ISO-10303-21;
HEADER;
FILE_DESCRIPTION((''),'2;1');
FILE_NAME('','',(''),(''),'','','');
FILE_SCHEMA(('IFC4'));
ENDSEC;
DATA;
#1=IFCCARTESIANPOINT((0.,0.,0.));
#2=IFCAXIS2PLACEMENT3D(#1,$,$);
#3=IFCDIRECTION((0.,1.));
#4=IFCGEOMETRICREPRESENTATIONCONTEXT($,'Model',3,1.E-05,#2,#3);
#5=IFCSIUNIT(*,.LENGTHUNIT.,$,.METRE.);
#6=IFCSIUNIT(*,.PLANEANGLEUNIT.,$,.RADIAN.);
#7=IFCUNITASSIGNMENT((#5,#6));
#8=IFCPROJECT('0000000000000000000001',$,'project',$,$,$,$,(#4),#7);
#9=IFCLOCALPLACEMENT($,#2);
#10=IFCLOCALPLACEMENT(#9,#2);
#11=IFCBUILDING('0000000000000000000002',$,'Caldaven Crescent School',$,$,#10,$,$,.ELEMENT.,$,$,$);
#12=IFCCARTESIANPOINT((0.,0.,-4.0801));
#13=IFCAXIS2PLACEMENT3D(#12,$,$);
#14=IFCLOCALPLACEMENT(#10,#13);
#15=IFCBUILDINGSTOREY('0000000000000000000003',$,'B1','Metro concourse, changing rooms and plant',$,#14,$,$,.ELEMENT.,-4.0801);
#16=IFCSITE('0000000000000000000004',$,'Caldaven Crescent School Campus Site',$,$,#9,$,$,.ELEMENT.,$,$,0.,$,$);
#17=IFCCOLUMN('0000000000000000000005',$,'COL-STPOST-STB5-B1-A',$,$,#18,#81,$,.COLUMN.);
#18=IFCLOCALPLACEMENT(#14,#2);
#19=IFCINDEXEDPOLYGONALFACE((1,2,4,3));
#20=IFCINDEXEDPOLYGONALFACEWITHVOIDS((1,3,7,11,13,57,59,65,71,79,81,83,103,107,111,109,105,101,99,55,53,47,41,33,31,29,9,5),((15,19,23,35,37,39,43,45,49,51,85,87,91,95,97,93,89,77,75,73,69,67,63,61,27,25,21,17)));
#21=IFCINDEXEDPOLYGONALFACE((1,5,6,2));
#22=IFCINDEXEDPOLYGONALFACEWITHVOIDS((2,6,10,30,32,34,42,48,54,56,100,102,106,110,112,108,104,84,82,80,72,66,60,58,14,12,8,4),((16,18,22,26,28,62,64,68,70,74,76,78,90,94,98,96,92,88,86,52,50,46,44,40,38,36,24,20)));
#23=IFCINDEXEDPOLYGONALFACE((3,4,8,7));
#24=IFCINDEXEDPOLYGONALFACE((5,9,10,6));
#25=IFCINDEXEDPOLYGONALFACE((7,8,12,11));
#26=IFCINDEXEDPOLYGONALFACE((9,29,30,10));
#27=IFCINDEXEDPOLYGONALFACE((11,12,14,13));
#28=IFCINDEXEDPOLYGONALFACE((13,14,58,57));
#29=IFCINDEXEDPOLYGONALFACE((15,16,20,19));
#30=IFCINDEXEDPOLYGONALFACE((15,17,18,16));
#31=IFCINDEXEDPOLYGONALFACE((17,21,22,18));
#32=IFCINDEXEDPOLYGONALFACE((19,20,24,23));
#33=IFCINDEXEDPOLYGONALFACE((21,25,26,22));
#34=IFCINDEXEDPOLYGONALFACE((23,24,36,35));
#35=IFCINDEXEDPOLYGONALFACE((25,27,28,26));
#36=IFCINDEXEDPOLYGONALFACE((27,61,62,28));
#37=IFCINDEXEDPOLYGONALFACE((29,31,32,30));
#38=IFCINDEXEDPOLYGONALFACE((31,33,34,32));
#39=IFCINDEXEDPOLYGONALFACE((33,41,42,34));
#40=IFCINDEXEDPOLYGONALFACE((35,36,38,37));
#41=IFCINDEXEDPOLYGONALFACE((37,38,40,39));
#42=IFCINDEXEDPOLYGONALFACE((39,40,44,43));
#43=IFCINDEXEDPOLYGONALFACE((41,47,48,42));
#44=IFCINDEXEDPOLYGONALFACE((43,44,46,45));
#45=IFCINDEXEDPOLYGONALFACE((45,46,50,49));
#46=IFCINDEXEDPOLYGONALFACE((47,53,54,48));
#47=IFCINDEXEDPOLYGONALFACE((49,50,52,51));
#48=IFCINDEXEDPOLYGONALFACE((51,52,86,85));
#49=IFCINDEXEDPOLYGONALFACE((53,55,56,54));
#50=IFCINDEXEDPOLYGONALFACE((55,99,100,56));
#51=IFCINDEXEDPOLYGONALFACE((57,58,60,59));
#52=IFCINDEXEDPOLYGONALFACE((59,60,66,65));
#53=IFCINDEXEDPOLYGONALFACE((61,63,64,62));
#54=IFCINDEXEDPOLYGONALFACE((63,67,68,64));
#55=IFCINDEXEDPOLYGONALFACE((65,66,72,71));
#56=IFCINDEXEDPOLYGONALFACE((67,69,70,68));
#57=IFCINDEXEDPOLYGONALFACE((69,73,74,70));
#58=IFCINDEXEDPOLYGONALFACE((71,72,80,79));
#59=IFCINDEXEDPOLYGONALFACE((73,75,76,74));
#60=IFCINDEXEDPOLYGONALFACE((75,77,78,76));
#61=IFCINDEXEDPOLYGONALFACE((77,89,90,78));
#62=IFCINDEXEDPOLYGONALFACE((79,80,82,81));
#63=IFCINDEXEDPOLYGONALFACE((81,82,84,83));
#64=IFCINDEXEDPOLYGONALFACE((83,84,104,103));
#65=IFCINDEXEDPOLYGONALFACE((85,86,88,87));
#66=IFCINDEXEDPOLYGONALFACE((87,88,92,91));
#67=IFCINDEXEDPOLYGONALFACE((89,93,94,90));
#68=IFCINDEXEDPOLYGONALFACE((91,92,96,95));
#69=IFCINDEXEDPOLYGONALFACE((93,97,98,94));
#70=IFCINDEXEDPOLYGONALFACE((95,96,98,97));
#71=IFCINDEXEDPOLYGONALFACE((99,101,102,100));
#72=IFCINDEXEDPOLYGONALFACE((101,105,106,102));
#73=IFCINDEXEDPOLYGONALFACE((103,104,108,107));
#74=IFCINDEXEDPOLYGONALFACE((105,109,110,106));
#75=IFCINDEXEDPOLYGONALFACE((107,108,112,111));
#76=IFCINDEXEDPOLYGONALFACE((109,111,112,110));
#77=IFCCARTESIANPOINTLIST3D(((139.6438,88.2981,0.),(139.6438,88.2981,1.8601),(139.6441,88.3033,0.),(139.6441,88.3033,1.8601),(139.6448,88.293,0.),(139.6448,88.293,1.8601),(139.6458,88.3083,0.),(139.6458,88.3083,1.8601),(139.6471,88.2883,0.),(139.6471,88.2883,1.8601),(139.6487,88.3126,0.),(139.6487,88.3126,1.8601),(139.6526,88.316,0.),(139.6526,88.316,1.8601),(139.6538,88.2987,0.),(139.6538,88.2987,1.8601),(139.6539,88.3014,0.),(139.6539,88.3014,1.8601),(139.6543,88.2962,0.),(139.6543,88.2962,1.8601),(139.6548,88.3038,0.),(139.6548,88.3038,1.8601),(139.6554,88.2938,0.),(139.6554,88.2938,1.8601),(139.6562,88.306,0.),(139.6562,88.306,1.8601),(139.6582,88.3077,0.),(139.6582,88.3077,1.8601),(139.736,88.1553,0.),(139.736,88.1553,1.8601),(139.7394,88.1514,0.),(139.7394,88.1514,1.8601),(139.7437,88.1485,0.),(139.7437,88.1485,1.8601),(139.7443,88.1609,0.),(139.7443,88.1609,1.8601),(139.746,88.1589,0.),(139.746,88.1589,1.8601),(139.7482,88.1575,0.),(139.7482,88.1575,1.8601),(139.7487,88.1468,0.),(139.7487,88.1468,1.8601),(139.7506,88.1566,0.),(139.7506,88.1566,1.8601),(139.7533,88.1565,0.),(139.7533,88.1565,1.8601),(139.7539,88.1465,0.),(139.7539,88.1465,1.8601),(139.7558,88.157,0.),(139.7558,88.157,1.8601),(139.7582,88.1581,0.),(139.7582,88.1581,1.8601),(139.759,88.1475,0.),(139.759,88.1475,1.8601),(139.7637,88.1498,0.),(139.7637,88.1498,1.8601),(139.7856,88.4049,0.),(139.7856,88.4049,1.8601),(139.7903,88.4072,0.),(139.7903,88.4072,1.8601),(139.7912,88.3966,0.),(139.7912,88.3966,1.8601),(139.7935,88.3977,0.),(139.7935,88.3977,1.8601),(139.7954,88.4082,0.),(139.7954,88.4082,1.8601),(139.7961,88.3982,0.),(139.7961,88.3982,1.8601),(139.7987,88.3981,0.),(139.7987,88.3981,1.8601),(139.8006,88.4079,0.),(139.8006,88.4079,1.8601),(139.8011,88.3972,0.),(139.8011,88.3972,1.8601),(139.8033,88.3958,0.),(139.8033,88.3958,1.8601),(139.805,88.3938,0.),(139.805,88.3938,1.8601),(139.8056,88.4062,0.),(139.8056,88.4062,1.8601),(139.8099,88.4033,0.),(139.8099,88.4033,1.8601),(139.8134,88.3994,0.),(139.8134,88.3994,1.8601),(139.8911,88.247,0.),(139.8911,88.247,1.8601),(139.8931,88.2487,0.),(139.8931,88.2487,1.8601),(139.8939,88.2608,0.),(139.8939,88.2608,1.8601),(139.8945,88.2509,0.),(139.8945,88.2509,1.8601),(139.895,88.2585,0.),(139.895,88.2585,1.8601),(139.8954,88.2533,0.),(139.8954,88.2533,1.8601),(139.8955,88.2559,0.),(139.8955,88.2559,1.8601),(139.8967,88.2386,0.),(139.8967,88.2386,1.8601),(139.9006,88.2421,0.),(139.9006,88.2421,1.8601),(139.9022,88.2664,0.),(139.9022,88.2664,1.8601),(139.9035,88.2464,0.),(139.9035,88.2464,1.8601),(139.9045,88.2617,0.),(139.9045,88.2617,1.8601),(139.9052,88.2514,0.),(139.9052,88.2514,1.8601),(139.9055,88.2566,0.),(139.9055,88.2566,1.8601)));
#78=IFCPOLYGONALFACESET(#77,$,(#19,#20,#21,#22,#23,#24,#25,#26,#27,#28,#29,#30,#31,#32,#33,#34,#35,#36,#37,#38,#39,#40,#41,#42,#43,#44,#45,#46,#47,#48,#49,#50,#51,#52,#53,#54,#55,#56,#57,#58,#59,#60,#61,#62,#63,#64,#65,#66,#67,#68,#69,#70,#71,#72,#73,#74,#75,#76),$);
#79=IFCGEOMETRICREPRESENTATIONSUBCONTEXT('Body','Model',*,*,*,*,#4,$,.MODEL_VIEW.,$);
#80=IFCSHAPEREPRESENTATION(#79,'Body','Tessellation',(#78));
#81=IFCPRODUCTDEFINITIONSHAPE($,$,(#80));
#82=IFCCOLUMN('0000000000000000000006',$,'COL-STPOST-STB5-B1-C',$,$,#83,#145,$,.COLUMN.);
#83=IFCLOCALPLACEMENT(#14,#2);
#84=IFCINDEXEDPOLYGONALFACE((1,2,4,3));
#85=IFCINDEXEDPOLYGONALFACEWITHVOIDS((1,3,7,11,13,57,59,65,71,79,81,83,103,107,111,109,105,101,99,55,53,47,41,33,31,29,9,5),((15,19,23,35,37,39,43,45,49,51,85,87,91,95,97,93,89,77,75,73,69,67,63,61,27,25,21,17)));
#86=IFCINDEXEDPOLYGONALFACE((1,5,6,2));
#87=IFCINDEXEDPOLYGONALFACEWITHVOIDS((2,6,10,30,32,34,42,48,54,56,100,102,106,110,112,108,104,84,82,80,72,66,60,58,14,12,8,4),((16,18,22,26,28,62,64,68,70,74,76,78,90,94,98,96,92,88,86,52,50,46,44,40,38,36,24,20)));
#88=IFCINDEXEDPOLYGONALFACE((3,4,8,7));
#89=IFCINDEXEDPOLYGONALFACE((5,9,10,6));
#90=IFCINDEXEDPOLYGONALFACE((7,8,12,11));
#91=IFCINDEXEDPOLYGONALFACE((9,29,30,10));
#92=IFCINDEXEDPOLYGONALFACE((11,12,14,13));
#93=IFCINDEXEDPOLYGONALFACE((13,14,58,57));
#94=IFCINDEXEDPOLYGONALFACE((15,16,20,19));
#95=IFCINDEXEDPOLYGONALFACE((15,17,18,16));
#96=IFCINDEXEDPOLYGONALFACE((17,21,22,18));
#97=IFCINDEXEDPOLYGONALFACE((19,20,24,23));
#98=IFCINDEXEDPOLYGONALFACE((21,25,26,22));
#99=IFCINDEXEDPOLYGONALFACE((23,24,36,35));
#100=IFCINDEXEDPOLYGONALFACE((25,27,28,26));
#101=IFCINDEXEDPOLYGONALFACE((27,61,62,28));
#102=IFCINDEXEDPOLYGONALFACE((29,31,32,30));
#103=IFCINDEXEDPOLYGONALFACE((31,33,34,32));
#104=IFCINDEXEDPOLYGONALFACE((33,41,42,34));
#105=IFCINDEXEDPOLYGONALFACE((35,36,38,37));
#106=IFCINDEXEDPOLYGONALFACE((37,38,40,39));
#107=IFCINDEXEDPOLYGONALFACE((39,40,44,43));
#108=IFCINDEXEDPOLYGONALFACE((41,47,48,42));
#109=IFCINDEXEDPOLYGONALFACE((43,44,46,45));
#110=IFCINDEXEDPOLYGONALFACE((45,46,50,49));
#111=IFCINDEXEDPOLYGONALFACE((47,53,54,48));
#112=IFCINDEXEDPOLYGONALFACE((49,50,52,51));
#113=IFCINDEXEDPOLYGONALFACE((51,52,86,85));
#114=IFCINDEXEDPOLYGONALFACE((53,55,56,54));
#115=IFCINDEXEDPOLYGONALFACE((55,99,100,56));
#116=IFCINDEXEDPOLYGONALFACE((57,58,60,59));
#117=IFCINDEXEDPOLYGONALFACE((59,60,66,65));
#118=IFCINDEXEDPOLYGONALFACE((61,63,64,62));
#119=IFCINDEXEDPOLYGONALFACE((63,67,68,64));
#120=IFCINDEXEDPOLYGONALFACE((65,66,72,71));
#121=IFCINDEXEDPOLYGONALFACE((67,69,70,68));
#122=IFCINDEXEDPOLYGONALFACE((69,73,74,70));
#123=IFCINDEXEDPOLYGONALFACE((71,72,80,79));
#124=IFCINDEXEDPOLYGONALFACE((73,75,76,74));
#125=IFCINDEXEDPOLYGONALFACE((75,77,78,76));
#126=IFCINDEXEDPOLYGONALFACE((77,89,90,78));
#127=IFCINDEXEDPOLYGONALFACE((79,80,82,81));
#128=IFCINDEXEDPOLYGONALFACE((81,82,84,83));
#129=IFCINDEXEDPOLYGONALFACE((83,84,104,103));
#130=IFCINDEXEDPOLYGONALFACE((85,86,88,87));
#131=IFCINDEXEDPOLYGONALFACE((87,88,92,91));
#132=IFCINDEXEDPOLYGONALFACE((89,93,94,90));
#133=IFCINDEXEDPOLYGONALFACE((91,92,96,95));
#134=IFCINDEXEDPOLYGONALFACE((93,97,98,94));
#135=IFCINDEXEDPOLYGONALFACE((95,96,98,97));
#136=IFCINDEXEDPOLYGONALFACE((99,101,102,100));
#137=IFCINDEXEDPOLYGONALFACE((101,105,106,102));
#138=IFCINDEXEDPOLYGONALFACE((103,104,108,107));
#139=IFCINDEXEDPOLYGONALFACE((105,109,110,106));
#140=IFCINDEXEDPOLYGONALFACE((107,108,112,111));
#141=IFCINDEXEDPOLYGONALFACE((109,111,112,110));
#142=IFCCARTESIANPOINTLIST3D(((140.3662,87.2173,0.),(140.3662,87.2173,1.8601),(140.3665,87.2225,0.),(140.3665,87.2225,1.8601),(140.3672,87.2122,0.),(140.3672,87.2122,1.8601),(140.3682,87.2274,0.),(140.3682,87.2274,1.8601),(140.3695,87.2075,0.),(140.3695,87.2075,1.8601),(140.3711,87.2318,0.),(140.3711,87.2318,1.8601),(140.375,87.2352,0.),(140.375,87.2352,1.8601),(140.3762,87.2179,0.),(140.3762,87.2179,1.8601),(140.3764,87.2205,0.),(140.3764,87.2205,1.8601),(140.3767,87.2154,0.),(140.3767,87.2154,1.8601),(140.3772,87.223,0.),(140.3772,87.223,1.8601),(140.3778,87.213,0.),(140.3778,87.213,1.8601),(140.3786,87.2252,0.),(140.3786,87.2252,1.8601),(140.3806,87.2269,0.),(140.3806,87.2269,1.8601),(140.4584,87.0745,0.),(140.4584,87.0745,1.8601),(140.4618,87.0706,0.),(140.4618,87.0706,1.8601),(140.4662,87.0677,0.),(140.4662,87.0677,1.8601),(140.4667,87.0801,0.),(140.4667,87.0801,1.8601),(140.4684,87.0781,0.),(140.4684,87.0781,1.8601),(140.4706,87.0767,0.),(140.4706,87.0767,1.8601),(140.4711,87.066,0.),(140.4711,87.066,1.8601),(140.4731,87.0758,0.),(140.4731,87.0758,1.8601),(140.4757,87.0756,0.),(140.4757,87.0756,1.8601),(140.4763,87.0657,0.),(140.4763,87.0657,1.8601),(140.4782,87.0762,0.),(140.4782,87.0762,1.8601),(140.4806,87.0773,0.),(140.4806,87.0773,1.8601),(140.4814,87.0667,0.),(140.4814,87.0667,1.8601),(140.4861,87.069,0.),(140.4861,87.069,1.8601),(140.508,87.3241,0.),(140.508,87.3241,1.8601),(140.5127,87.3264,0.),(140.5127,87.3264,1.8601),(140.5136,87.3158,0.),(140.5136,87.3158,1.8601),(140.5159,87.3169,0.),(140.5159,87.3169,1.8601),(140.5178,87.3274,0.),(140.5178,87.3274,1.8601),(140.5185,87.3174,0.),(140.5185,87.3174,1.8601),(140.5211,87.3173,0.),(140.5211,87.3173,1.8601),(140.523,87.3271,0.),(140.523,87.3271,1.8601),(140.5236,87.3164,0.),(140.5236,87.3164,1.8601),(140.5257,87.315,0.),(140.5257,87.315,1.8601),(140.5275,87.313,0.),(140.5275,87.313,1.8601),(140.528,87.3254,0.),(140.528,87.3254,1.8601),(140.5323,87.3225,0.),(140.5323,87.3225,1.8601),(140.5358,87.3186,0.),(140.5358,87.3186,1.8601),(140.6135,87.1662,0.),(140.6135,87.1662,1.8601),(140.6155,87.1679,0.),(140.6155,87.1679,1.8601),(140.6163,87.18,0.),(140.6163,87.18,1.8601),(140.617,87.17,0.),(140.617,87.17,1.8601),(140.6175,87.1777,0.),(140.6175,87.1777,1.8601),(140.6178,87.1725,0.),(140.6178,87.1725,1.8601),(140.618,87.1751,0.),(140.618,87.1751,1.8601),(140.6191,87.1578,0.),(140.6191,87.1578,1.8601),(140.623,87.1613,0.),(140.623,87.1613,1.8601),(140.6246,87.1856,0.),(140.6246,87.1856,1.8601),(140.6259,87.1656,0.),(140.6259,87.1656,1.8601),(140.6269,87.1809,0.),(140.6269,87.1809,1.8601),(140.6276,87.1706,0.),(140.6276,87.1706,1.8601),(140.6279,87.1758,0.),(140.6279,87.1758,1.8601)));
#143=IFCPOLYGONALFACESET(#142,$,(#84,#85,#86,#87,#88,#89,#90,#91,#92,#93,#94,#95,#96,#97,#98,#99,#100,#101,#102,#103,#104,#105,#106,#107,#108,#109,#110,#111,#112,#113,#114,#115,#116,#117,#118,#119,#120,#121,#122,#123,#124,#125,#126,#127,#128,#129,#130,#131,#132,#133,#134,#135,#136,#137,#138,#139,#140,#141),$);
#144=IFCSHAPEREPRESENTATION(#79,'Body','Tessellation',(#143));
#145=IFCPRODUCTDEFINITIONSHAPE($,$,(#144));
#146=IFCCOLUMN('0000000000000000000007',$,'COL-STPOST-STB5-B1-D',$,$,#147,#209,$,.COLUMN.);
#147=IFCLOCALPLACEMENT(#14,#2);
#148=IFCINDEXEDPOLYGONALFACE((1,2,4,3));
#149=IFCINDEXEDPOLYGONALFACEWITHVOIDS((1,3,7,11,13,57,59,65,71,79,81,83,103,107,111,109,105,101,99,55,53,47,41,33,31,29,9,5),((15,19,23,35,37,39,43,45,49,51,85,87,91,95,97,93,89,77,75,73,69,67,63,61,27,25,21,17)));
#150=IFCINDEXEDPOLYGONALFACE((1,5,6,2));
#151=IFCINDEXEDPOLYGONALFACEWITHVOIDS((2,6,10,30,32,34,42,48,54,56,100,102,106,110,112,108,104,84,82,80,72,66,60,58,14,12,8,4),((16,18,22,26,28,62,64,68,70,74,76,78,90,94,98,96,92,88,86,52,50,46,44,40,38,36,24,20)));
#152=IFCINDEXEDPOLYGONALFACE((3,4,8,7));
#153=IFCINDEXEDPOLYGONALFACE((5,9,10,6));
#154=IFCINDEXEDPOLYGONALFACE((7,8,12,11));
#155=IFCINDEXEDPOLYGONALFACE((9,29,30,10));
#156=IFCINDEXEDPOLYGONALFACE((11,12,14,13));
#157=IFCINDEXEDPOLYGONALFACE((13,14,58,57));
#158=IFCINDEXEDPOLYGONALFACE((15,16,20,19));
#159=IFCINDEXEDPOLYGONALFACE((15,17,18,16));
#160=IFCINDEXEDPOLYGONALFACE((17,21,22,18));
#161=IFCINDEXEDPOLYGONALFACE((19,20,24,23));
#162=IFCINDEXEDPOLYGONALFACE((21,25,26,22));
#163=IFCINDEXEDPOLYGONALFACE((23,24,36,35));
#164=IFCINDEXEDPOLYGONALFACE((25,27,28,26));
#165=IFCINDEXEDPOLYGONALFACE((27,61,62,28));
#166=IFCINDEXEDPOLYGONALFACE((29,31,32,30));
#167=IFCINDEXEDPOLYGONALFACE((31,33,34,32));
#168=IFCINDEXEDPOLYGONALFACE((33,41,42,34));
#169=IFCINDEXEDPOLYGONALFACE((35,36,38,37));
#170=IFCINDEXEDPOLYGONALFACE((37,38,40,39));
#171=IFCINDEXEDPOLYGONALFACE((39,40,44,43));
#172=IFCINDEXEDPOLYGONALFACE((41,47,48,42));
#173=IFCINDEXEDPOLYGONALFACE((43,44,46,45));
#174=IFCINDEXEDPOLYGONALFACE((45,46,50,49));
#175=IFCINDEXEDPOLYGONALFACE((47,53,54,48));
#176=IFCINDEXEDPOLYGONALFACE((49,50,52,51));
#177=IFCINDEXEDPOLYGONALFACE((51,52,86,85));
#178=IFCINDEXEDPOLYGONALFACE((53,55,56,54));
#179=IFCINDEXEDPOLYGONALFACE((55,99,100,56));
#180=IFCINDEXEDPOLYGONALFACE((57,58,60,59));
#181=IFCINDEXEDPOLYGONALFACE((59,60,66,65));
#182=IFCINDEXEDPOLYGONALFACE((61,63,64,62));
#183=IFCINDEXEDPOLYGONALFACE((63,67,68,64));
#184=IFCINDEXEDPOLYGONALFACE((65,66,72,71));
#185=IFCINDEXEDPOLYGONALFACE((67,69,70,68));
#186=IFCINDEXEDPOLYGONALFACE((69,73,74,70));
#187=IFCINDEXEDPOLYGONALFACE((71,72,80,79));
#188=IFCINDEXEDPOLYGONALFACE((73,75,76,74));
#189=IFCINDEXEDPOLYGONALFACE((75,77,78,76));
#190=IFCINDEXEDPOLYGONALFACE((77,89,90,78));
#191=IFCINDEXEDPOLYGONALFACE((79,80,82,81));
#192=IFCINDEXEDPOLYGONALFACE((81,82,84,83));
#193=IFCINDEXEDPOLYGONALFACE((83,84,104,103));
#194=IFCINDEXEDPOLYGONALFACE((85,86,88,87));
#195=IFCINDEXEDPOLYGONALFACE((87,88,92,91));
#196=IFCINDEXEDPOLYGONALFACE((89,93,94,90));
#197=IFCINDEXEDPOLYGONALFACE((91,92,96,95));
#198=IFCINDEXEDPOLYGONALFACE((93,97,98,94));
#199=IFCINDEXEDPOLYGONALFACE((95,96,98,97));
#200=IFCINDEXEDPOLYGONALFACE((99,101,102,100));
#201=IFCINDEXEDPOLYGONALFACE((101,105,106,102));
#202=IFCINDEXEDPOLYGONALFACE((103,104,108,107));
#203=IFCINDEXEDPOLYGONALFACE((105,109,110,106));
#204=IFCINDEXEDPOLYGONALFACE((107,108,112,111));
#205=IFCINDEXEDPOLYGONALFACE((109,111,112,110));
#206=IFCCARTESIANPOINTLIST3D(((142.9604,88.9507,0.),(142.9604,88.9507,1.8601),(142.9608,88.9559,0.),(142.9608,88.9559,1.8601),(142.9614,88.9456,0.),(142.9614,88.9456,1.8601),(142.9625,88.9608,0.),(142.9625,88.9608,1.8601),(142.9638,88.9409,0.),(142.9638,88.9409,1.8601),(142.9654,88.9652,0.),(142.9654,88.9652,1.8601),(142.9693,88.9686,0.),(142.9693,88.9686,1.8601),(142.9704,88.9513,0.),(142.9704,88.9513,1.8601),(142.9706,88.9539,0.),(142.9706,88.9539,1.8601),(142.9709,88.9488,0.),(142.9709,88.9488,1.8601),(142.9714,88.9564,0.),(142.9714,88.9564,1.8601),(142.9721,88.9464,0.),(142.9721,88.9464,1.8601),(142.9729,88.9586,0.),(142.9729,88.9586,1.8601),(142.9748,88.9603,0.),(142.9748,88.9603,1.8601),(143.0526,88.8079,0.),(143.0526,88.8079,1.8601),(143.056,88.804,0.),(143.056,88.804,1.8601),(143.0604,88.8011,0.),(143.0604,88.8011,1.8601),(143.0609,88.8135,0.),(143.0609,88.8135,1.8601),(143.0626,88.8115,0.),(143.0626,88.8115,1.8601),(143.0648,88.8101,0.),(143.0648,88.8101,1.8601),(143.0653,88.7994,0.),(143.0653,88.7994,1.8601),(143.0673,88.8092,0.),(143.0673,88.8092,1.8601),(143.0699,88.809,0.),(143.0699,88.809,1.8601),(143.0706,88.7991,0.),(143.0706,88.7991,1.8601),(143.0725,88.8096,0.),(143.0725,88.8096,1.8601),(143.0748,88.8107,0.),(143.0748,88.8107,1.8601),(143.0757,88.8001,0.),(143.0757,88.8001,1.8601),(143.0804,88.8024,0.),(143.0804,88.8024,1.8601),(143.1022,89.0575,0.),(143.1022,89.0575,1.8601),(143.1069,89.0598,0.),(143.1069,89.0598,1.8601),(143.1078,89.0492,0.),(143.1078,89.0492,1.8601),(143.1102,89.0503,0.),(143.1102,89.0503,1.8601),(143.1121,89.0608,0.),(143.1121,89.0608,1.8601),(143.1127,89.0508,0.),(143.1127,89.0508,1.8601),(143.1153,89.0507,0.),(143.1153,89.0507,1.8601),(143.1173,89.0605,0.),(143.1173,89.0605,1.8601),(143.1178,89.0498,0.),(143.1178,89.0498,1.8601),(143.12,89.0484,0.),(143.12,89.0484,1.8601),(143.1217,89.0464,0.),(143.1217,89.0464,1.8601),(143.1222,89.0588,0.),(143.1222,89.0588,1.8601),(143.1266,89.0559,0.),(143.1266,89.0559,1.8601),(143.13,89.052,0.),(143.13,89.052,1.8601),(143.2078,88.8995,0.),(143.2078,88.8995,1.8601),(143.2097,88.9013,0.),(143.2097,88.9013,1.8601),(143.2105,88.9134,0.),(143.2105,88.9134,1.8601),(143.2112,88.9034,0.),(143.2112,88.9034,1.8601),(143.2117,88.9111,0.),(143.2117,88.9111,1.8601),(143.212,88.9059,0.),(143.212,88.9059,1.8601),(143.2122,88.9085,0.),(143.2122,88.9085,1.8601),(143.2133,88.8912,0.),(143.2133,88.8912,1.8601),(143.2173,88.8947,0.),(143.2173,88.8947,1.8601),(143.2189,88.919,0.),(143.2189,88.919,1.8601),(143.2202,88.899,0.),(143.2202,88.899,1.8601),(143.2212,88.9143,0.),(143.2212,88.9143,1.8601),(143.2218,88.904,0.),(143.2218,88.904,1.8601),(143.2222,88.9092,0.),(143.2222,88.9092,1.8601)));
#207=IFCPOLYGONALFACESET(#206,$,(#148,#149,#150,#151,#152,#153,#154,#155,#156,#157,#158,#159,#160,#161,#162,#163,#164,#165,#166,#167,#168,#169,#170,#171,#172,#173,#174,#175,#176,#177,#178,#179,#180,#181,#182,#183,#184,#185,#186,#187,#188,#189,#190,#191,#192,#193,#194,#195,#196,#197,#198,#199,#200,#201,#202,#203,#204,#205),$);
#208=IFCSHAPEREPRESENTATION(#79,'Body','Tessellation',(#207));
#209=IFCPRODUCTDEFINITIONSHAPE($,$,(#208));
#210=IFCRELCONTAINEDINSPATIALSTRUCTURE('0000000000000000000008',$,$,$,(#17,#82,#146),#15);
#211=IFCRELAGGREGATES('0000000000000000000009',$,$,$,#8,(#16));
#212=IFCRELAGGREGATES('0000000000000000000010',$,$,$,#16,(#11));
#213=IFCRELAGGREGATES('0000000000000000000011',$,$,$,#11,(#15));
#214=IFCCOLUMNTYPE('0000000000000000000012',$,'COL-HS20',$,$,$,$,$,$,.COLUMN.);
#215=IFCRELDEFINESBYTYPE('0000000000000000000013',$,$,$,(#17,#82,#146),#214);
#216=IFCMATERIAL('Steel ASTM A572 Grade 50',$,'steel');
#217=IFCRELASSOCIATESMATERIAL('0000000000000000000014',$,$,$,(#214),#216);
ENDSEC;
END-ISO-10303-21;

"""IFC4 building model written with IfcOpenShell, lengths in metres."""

from ifc_helpers import new_model, si_unit, direction, frame, origin, origin_2d, place, context, subcontext, project, spatial, hollow_rectangle, extrude, material, material_profile, profile_set, type_object, element, save


model = new_model("IFC4")

# Units and contexts
model_context = context("Model", 3, precision=1e-05, world=origin(), true_north=direction((0.0, 1.0)))
body_context = subcontext(model_context, "Body", "Model", "MODEL_VIEW")
ifc_project = project(units=[si_unit("LENGTHUNIT", "METRE"), si_unit("PLANEANGLEUNIT", "RADIAN")], contexts=[model_context])

# Site, building, storey
site_placement = place(None, origin())
site = spatial("IfcSite", under=ifc_project, at=site_placement, Name="Caldaven Crescent School Campus Site", CompositionType="ELEMENT", RefElevation=0.0)
building_placement = place(site_placement, origin())
building = spatial("IfcBuilding", under=site, at=building_placement, Name="Caldaven Crescent School", CompositionType="ELEMENT")
storey_placement = place(building_placement, frame((0.0, 0.0, -4.0801)))
storey = spatial("IfcBuildingStorey", under=building, at=storey_placement, Name="B1", Description="Metro concourse, changing rooms and plant", CompositionType="ELEMENT", Elevation=-4.0801)

# Columns
ifc_material_1 = material(Name="Steel ASTM A572 Grade 50", Category="steel")
ifc_material_profile_1 = material_profile(ifc_material_1, hollow_rectangle(XDim=0.2, YDim=0.2, WallThickness=0.01, InnerFilletRadius=0.01, OuterFilletRadius=0.02, at=origin_2d()), Name="HSS 200x200x10")
ifc_profile_set_1 = profile_set([ifc_material_profile_1], Name="Steel ASTM A572 Grade 50")
column_type_1 = type_object("IfcColumnType", Name="COL-HS20", PredefinedType="COLUMN", material=ifc_profile_set_1)
for number, where, z_axis, x_axis, name in (
    (1, (139.7747, 88.2773, 0.0), (0.0, 0.0, 1.0), (0.55557, -0.83147, 0.0), "COL-STPOST-STB5-B1-A"),
    (2, (140.4971, 87.1965, 0.0), (0.0, 0.0, 1.0), (0.55557, -0.83147, 0.0), "COL-STPOST-STB5-B1-C"),
    (3, (143.0913, 88.9299, 0.0), (0.0, 0.0, 1.0), (0.55557, -0.83147, 0.0), "COL-STPOST-STB5-B1-D"),
):
    element("IfcColumn", number, at=place(storey_placement, frame(where, z_axis=z_axis, x_axis=x_axis)), inside=storey, type_object=column_type_1, Name=name, PredefinedType="COLUMN", context=body_context, shape_type="SweptSolid", body=[
        extrude(hollow_rectangle(XDim=0.2, YDim=0.2, WallThickness=0.01, InnerFilletRadius=0.01, OuterFilletRadius=0.02, at=origin_2d()), origin(), (0.0, 0.0, 1.0), 1.8601),
    ])

save(model, "model.ifc")
